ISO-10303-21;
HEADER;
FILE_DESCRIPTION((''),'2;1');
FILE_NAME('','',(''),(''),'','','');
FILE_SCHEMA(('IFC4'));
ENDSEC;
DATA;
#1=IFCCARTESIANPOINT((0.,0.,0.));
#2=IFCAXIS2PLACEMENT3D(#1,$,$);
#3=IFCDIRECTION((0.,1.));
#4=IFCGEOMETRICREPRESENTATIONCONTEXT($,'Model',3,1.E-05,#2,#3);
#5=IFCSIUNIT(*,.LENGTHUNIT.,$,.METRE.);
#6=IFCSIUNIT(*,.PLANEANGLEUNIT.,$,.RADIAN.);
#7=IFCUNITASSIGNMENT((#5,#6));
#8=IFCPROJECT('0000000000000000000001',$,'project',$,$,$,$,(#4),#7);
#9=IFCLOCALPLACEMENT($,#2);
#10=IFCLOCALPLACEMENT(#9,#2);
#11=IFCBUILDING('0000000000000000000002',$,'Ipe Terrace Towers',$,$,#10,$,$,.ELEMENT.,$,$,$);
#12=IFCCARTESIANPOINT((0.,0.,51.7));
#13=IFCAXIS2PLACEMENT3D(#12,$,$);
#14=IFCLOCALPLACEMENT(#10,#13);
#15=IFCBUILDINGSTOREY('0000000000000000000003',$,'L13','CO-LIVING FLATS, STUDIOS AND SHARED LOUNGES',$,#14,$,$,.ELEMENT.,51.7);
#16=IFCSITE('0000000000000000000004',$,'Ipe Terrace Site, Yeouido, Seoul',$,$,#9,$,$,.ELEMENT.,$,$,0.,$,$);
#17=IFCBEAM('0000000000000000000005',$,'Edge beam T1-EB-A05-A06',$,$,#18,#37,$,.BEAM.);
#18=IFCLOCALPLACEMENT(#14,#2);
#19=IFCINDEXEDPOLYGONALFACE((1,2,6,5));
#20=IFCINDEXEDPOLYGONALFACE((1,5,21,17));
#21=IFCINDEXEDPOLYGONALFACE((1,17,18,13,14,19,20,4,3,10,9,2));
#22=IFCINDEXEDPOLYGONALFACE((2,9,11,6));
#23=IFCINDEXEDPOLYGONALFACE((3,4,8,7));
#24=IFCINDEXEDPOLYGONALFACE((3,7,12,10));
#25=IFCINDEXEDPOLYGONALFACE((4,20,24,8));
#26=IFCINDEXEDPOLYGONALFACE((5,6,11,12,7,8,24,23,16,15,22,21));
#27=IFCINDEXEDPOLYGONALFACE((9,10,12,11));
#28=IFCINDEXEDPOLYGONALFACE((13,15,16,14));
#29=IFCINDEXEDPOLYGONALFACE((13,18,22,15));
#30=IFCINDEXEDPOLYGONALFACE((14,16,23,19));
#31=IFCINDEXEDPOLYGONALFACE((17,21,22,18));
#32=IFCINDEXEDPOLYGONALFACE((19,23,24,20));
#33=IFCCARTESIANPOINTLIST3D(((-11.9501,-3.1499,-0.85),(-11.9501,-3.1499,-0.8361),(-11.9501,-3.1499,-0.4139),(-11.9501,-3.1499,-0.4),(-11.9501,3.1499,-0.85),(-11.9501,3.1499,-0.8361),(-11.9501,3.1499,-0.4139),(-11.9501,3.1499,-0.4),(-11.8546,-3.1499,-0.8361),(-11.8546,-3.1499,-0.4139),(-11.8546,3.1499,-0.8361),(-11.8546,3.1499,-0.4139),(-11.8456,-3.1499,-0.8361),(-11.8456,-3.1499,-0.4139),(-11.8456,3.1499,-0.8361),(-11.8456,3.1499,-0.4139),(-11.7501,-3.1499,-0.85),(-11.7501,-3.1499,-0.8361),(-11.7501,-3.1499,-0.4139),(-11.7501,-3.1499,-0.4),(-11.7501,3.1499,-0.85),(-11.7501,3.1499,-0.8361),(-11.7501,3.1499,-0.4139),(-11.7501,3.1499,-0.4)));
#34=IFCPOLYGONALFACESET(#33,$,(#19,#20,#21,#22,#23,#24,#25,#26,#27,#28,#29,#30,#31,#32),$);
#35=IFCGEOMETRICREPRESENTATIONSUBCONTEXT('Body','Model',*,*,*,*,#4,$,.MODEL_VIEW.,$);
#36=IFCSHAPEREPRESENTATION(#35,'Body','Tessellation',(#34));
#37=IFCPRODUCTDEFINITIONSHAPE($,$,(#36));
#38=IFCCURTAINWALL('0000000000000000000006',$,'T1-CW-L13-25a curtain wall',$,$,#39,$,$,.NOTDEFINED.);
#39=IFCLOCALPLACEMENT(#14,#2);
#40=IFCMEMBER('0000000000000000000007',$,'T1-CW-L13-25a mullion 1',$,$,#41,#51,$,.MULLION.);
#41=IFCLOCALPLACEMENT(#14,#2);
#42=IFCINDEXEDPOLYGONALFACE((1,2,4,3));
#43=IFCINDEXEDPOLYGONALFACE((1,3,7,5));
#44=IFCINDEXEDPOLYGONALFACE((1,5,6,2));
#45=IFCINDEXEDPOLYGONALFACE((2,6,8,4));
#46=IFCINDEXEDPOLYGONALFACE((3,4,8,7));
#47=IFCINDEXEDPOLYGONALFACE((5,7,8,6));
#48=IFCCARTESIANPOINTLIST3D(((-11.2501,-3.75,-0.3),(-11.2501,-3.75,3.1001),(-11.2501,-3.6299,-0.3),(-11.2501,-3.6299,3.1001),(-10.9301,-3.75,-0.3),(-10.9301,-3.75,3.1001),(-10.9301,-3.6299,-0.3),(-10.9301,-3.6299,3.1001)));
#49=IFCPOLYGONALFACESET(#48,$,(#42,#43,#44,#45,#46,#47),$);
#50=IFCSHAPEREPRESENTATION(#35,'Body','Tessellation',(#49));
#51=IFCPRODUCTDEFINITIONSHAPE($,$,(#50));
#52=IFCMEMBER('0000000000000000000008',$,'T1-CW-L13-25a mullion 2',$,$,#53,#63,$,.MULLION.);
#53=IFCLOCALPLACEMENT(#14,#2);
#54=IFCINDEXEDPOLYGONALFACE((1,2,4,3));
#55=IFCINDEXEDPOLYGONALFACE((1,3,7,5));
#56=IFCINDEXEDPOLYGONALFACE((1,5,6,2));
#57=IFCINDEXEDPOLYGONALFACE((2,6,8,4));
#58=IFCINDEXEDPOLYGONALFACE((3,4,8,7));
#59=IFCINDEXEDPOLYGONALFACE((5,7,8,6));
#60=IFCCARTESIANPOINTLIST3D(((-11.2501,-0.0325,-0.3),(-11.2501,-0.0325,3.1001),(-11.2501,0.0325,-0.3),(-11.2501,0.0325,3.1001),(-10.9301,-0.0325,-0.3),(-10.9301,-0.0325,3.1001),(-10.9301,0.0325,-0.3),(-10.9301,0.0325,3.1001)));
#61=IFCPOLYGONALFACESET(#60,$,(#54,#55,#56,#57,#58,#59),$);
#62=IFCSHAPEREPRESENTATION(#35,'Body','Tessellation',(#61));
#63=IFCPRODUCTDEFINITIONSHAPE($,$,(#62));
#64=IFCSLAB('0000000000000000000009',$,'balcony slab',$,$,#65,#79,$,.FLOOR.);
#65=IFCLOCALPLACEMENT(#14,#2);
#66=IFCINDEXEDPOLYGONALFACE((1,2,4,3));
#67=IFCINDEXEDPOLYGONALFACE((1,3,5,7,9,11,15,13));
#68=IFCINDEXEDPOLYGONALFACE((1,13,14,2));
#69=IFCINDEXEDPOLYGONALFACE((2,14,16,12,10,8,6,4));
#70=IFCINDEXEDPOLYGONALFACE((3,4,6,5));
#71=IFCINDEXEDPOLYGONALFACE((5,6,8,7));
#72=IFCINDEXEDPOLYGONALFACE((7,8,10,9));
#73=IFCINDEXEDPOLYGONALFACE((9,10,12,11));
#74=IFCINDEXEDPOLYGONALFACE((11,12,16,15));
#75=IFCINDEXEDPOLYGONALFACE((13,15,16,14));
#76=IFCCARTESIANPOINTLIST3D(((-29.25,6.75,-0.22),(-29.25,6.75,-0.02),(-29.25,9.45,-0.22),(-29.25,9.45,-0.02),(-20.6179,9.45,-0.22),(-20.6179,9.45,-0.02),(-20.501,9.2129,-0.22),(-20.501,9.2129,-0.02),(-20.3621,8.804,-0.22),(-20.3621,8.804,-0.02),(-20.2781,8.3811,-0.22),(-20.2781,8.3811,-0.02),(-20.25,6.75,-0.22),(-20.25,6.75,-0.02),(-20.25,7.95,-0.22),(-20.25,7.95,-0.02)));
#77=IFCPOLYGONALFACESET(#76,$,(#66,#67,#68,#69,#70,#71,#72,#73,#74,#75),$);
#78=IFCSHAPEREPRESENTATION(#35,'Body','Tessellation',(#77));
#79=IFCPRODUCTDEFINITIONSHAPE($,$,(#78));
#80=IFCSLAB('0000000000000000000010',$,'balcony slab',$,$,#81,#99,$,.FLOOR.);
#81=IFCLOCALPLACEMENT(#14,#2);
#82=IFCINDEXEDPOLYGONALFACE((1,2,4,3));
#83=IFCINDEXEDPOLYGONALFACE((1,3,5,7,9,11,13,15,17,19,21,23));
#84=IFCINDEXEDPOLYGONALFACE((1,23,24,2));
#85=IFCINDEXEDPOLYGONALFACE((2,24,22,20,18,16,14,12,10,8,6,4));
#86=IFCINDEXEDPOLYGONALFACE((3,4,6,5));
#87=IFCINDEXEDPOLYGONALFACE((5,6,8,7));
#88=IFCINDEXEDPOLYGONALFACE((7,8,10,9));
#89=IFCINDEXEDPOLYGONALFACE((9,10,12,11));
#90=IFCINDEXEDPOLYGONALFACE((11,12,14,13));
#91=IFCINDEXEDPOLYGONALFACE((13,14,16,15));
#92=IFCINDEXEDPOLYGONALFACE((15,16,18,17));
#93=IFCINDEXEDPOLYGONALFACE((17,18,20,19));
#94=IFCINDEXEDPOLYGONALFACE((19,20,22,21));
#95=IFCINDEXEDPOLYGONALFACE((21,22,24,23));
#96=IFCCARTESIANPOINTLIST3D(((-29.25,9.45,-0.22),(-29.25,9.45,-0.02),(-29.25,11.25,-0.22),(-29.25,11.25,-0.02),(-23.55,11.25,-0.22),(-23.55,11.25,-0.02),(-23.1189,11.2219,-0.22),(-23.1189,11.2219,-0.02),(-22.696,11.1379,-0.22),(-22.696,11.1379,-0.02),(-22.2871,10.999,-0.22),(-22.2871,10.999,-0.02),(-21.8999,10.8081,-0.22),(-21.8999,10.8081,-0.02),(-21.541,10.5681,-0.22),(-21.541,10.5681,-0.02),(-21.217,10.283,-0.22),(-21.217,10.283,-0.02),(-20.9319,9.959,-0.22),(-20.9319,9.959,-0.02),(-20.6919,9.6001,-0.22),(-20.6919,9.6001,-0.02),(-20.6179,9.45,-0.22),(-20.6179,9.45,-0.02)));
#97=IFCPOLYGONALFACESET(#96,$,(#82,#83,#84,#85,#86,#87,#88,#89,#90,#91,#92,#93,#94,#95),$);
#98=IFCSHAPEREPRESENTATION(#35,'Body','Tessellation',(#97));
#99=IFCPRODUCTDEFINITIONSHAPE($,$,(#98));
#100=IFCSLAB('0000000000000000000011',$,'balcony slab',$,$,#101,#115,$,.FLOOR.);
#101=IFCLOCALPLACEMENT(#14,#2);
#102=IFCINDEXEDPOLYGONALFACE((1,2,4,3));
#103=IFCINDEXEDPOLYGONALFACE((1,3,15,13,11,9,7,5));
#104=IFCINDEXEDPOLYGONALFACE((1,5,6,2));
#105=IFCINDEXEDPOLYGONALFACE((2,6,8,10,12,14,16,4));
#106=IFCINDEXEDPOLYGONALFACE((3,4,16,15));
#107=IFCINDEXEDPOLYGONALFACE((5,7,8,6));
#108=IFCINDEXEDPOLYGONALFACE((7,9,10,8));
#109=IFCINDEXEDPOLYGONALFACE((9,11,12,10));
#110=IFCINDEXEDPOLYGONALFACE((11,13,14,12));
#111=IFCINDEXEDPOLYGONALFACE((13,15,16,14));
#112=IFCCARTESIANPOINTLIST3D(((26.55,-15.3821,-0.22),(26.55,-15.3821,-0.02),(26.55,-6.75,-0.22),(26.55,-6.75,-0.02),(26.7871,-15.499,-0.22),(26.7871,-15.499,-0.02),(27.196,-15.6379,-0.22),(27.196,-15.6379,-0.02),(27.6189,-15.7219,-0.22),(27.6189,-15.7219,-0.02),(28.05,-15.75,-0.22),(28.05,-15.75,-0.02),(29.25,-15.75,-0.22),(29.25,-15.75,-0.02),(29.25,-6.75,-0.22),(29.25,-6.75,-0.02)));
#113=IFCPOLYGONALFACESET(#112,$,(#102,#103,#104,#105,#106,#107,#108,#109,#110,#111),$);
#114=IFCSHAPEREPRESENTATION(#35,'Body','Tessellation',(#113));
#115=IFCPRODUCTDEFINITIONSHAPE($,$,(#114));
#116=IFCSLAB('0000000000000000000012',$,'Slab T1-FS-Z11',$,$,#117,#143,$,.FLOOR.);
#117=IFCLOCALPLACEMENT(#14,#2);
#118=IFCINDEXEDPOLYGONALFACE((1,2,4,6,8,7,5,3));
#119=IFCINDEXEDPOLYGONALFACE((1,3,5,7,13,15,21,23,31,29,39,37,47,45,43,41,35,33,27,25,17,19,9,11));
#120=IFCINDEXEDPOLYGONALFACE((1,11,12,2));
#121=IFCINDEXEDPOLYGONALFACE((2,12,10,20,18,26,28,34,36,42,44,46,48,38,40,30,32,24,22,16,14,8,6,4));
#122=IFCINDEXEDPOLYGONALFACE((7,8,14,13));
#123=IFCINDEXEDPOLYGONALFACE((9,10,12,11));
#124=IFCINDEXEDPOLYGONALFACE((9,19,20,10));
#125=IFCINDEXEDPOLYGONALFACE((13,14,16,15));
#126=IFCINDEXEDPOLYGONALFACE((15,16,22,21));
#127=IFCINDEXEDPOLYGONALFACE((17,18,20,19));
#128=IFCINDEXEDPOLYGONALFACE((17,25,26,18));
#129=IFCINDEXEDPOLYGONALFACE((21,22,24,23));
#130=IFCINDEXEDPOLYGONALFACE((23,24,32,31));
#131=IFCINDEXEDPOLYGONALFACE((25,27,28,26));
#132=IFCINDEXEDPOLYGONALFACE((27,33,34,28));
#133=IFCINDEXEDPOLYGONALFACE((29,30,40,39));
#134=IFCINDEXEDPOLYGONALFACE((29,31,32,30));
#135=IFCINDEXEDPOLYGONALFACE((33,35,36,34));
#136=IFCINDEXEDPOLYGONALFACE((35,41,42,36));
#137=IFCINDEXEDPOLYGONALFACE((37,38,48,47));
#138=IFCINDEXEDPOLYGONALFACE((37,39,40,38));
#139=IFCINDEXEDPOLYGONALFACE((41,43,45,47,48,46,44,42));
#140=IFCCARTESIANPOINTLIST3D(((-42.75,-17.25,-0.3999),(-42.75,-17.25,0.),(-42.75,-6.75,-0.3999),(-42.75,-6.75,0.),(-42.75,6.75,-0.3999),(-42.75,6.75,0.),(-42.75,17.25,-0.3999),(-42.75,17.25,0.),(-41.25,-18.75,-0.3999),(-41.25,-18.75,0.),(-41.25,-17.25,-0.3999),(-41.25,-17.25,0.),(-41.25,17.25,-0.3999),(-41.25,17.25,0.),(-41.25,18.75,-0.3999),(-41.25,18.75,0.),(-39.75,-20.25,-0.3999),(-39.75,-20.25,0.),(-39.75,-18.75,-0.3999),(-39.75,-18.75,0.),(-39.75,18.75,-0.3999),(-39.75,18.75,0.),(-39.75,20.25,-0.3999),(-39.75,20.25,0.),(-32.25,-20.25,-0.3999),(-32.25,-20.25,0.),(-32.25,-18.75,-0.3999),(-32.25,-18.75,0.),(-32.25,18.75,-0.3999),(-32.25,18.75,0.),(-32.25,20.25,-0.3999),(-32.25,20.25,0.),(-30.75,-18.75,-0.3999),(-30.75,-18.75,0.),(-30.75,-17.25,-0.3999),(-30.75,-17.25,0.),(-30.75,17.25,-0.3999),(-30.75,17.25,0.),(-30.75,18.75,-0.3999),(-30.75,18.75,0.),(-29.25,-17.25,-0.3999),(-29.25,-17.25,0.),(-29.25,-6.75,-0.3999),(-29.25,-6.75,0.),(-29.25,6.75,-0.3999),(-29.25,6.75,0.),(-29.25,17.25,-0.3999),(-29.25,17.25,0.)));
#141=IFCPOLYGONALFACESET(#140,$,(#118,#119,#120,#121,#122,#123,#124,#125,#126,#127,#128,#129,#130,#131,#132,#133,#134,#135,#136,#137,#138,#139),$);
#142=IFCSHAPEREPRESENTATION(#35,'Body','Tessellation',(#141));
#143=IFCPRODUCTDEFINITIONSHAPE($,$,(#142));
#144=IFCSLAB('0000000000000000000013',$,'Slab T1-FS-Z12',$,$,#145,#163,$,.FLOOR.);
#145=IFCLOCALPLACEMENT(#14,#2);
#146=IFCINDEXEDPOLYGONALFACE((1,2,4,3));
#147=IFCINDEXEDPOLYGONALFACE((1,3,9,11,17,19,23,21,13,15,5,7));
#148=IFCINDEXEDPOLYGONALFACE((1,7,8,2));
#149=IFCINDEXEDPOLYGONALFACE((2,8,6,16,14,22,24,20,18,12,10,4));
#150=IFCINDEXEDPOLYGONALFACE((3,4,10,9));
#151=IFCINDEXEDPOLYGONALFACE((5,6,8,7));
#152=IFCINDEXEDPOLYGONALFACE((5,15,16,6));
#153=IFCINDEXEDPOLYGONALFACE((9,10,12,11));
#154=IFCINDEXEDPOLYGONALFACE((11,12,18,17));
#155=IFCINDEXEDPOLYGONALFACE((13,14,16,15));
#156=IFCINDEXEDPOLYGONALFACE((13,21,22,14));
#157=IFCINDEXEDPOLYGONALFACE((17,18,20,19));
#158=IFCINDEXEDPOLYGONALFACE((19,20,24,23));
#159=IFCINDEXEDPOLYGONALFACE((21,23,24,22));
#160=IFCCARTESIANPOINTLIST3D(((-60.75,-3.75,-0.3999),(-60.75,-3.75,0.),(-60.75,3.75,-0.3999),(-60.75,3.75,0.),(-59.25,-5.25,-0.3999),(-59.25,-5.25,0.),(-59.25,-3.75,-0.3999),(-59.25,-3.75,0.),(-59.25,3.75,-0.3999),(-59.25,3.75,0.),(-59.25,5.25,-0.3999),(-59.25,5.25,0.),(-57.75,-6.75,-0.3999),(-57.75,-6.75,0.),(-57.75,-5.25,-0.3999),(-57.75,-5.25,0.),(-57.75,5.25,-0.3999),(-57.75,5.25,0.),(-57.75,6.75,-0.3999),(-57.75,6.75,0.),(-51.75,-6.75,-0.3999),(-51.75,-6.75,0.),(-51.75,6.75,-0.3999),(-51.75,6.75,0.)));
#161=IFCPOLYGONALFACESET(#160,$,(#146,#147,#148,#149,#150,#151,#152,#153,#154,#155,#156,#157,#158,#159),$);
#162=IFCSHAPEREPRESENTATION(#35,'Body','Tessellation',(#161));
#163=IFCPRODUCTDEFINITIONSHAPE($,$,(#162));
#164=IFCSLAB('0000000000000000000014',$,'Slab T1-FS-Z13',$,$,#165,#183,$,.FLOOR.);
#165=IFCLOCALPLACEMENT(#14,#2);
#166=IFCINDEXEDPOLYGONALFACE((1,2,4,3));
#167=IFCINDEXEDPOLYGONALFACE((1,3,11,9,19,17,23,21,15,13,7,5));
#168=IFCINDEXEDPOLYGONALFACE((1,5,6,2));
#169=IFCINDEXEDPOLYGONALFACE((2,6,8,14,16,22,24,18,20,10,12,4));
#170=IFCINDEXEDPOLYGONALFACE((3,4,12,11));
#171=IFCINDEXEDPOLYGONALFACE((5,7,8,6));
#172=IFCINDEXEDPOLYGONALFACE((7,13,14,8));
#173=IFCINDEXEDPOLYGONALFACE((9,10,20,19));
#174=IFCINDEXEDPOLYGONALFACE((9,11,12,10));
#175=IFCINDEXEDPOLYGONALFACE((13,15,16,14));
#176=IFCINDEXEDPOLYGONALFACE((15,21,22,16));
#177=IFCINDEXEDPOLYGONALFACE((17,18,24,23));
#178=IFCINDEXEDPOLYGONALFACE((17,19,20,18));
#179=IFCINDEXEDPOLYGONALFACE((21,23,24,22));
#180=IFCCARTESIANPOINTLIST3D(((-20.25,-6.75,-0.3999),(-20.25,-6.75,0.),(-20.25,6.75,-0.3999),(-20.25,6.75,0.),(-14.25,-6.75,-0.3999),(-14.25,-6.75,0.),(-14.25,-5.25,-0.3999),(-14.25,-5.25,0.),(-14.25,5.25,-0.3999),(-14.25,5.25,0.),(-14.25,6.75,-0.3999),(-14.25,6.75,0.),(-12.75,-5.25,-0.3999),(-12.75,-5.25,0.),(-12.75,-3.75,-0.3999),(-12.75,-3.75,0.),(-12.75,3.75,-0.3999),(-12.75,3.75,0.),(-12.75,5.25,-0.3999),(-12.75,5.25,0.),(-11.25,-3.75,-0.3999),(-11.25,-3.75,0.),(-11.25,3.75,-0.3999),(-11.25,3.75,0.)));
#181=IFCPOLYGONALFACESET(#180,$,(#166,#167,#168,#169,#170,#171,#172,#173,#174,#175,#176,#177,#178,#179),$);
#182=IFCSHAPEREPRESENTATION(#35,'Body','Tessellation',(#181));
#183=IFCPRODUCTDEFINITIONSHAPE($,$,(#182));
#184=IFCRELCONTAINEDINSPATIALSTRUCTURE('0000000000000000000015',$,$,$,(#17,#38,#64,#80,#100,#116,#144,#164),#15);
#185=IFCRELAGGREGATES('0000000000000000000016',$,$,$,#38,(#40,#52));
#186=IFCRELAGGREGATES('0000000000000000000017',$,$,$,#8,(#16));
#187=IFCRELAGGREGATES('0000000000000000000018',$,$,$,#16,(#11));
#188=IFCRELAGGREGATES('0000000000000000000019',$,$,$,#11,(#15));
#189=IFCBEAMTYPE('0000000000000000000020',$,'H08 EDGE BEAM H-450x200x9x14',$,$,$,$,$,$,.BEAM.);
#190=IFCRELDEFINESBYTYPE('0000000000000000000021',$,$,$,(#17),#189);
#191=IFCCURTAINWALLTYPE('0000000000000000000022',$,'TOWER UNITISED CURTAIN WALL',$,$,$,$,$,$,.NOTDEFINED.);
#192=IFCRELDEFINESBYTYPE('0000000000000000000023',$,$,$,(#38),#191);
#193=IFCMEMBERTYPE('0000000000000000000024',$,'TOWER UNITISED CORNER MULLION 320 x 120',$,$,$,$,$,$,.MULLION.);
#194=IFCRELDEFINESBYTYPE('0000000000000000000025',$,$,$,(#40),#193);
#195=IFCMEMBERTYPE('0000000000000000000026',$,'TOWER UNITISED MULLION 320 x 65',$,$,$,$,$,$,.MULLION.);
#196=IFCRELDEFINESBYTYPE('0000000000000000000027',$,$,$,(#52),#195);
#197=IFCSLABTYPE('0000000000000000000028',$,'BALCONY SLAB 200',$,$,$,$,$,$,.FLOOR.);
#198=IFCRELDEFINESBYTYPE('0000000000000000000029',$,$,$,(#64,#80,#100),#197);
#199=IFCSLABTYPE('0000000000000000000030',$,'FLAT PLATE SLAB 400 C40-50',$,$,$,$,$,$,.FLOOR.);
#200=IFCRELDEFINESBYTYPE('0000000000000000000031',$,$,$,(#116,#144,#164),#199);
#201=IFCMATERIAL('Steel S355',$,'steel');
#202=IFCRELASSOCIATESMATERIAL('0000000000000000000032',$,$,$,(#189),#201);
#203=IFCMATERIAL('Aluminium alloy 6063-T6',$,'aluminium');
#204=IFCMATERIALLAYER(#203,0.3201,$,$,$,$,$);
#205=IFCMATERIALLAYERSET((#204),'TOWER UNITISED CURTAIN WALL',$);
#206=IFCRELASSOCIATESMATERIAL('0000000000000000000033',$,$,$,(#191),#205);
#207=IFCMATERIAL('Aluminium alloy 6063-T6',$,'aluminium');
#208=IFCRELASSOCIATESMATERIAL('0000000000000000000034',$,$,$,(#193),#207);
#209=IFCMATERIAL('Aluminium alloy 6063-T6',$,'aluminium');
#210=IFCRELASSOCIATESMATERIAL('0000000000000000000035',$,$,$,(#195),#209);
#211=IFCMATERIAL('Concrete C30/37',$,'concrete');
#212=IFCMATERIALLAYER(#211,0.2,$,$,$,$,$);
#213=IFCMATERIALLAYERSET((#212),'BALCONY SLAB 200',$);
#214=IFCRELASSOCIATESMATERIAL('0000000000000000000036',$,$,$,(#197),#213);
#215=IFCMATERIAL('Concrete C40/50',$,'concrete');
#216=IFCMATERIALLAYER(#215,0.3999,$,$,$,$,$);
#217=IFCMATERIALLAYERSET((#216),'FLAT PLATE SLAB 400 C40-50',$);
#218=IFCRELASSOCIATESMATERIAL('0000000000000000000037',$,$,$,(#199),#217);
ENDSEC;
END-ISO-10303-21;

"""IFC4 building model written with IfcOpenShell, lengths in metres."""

from ifc_helpers import new_model, si_unit, direction, frame, origin, origin_2d, place, context, subcontext, project, spatial, polyline, rectangle, i_section, outline, extrude, material, layer, layer_set, material_profile, profile_set, type_object, element, aggregate, save


model = new_model("IFC4")

# Units and contexts
model_context = context("Model", 3, precision=1e-05, world=origin(), true_north=direction((0.0, 1.0)))
body_context = subcontext(model_context, "Body", "Model", "MODEL_VIEW")
ifc_project = project(units=[si_unit("LENGTHUNIT", "METRE"), si_unit("PLANEANGLEUNIT", "RADIAN")], contexts=[model_context])

# Site, building, storey
site_placement = place(None, origin())
site = spatial("IfcSite", under=ifc_project, at=site_placement, Name="Ipe Terrace Site, Yeouido, Seoul", CompositionType="ELEMENT", RefElevation=0.0)
building_placement = place(site_placement, origin())
building = spatial("IfcBuilding", under=site, at=building_placement, Name="Ipe Terrace Towers", CompositionType="ELEMENT")
storey_placement = place(building_placement, frame((0.0, 0.0, 51.7)))
storey = spatial("IfcBuildingStorey", under=building, at=storey_placement, Name="L13", Description="CO-LIVING FLATS, STUDIOS AND SHARED LOUNGES", CompositionType="ELEMENT", Elevation=51.7)

# Beam
ifc_material_1 = material(Name="Steel S355", Category="steel")
ifc_material_profile_1 = material_profile(ifc_material_1, i_section(OverallWidth=0.2, OverallDepth=0.45, WebThickness=0.009, FlangeThickness=0.0139, at=origin_2d()), Name="H-450x200x9x14")
ifc_profile_set_1 = profile_set([ifc_material_profile_1], Name="Steel S355")
beam_type = type_object("IfcBeamType", Name="H08 EDGE BEAM H-450x200x9x14", PredefinedType="BEAM", material=ifc_profile_set_1)
beam_placement = place(storey_placement, frame((-11.8501, -3.1499, -0.625), z_axis=(0.0, 1.0, 0.0), x_axis=(-1.0, 0.0, 0.0)))
element("IfcBeam", 1, at=beam_placement, inside=storey, type_object=beam_type, Name="Edge beam T1-EB-A05-A06", PredefinedType="BEAM", context=body_context, shape_type="SweptSolid", body=[
    extrude(i_section(OverallWidth=0.2, OverallDepth=0.45, WebThickness=0.009, FlangeThickness=0.0139, at=origin_2d()), origin(), (0.0, 0.0, 1.0), 6.2998),
])

# Curtain wall, members
ifc_material_2 = material(Name="Aluminium alloy 6063-T6", Category="aluminium")
ifc_layer_1 = layer(ifc_material_2, 0.3201)
ifc_layer_set_1 = layer_set([ifc_layer_1], Name="TOWER UNITISED CURTAIN WALL")
curtain_wall_type = type_object("IfcCurtainWallType", Name="TOWER UNITISED CURTAIN WALL", PredefinedType="NOTDEFINED", material=ifc_layer_set_1)
curtain_wall_placement = place(storey_placement, origin())
curtain_wall = element("IfcCurtainWall", 2, at=curtain_wall_placement, inside=storey, type_object=curtain_wall_type, Name="T1-CW-L13-25a curtain wall", PredefinedType="NOTDEFINED")
ifc_material_3 = material(Name="Aluminium alloy 6063-T6", Category="aluminium")
ifc_material_profile_2 = material_profile(ifc_material_3, rectangle(XDim=0.3201, YDim=0.1201, at=origin_2d()), Name="TOWER UNITISED CORNER MULLION 320 x 120")
ifc_profile_set_2 = profile_set([ifc_material_profile_2], Name="Aluminium alloy 6063-T6")
member_type_1 = type_object("IfcMemberType", Name="TOWER UNITISED CORNER MULLION 320 x 120", PredefinedType="MULLION", material=ifc_profile_set_2)
member_1_placement = place(storey_placement, frame((-11.0901, -3.6899, -0.3), z_axis=(0.0, 0.0, 1.0), x_axis=(1.0, 0.0, 0.0)))
member_1 = element("IfcMember", 3, at=member_1_placement, type_object=member_type_1, Name="T1-CW-L13-25a mullion 1", PredefinedType="MULLION", context=body_context, shape_type="SweptSolid", body=[
    extrude(rectangle(XDim=0.3201, YDim=0.1201, at=origin_2d()), origin(), (0.0, 0.0, 1.0), 3.4001),
])
ifc_material_4 = material(Name="Aluminium alloy 6063-T6", Category="aluminium")
ifc_material_profile_3 = material_profile(ifc_material_4, rectangle(XDim=0.3201, YDim=0.0649, at=origin_2d()), Name="TOWER UNITISED MULLION 320 x 65")
ifc_profile_set_3 = profile_set([ifc_material_profile_3], Name="Aluminium alloy 6063-T6")
member_type_2 = type_object("IfcMemberType", Name="TOWER UNITISED MULLION 320 x 65", PredefinedType="MULLION", material=ifc_profile_set_3)
member_2_placement = place(storey_placement, frame((-11.0901, 0.0, -0.3), z_axis=(0.0, 0.0, 1.0), x_axis=(1.0, 0.0, 0.0)))
member_2 = element("IfcMember", 4, at=member_2_placement, type_object=member_type_2, Name="T1-CW-L13-25a mullion 2", PredefinedType="MULLION", context=body_context, shape_type="SweptSolid", body=[
    extrude(rectangle(XDim=0.3201, YDim=0.0649, at=origin_2d()), origin(), (0.0, 0.0, 1.0), 3.4001),
])

# Slabs
ifc_material_5 = material(Name="Concrete C30/37", Category="concrete")
ifc_layer_2 = layer(ifc_material_5, 0.2)
ifc_layer_set_2 = layer_set([ifc_layer_2], Name="BALCONY SLAB 200")
slab_type_1 = type_object("IfcSlabType", Name="BALCONY SLAB 200", PredefinedType="FLOOR", material=ifc_layer_set_2)
slab_1_placement = place(storey_placement, frame((0.0, 0.0, -0.22)))
element("IfcSlab", 5, at=slab_1_placement, inside=storey, type_object=slab_type_1, Name="balcony slab", PredefinedType="FLOOR", context=body_context, shape_type="SweptSolid", body=[
    extrude(outline(polyline([(-20.501, 9.2129), (-20.6179, 9.45), (-29.25, 9.45), (-29.25, 6.75), (-20.25, 6.75), (-20.25, 7.95), (-20.2781, 8.3811), (-20.3621, 8.804), (-20.501, 9.2129)])), origin(), (0.0, 0.0, 1.0), 0.2),
])
slab_2_placement = place(storey_placement, frame((0.0, 0.0, -0.22)))
element("IfcSlab", 6, at=slab_2_placement, inside=storey, type_object=slab_type_1, Name="balcony slab", PredefinedType="FLOOR", context=body_context, shape_type="SweptSolid", body=[
    extrude(outline(polyline([(-29.25, 11.25), (-29.25, 9.45), (-20.6179, 9.45), (-20.6919, 9.6001), (-20.9319, 9.959), (-21.217, 10.283), (-21.541, 10.5681), (-21.8999, 10.8081), (-22.2871, 10.999), (-22.696, 11.1379), (-23.1189, 11.2219), (-23.55, 11.25), (-29.25, 11.25)])), origin(), (0.0, 0.0, 1.0), 0.2),
])
slab_3_placement = place(storey_placement, frame((0.0, 0.0, -0.22)))
element("IfcSlab", 7, at=slab_3_placement, inside=storey, type_object=slab_type_1, Name="balcony slab", PredefinedType="FLOOR", context=body_context, shape_type="SweptSolid", body=[
    extrude(outline(polyline([(26.7871, -15.499), (27.196, -15.6379), (27.6189, -15.7219), (28.05, -15.75), (29.25, -15.75), (29.25, -6.75), (26.55, -6.75), (26.55, -15.3821), (26.7871, -15.499)])), origin(), (0.0, 0.0, 1.0), 0.2),
])
ifc_material_6 = material(Name="Concrete C40/50", Category="concrete")
ifc_layer_3 = layer(ifc_material_6, 0.3999)
ifc_layer_set_3 = layer_set([ifc_layer_3], Name="FLAT PLATE SLAB 400 C40-50")
slab_type_2 = type_object("IfcSlabType", Name="FLAT PLATE SLAB 400 C40-50", PredefinedType="FLOOR", material=ifc_layer_set_3)
slab_4_placement = place(storey_placement, frame((0.0, 0.0, -0.3999)))
element("IfcSlab", 8, at=slab_4_placement, inside=storey, type_object=slab_type_2, Name="Slab T1-FS-Z11", PredefinedType="FLOOR", context=body_context, shape_type="SweptSolid", body=[
    extrude(outline(polyline([(-30.75, -17.25), (-30.75, -18.75), (-32.25, -18.75), (-32.25, -20.25), (-39.75, -20.25), (-39.75, -18.75), (-41.25, -18.75), (-41.25, -17.25), (-42.75, -17.25), (-42.75, -6.75), (-42.75, 6.75), (-42.75, 17.25), (-41.25, 17.25), (-41.25, 18.75), (-39.75, 18.75), (-39.75, 20.25), (-32.25, 20.25), (-32.25, 18.75), (-30.75, 18.75), (-30.75, 17.25), (-29.25, 17.25), (-29.25, 6.75), (-29.25, -6.75), (-29.25, -17.25), (-30.75, -17.25)])), origin(), (0.0, 0.0, 1.0), 0.3999),
])
slab_5_placement = place(storey_placement, frame((0.0, 0.0, -0.3999)))
element("IfcSlab", 9, at=slab_5_placement, inside=storey, type_object=slab_type_2, Name="Slab T1-FS-Z12", PredefinedType="FLOOR", context=body_context, shape_type="SweptSolid", body=[
    extrude(outline(polyline([(-57.75, -6.75), (-57.75, -5.25), (-59.25, -5.25), (-59.25, -3.75), (-60.75, -3.75), (-60.75, 3.75), (-59.25, 3.75), (-59.25, 5.25), (-57.75, 5.25), (-57.75, 6.75), (-51.75, 6.75), (-51.75, -6.75), (-57.75, -6.75)])), origin(), (0.0, 0.0, 1.0), 0.3999),
])
slab_6_placement = place(storey_placement, frame((0.0, 0.0, -0.3999)))
element("IfcSlab", 10, at=slab_6_placement, inside=storey, type_object=slab_type_2, Name="Slab T1-FS-Z13", PredefinedType="FLOOR", context=body_context, shape_type="SweptSolid", body=[
    extrude(outline(polyline([(-14.25, 5.25), (-12.75, 5.25), (-12.75, 3.75), (-11.25, 3.75), (-11.25, -3.75), (-12.75, -3.75), (-12.75, -5.25), (-14.25, -5.25), (-14.25, -6.75), (-20.25, -6.75), (-20.25, 6.75), (-14.25, 6.75), (-14.25, 5.25)])), origin(), (0.0, 0.0, 1.0), 0.3999),
])

aggregate(curtain_wall, [member_1, member_2])

save(model, "model.ifc")
